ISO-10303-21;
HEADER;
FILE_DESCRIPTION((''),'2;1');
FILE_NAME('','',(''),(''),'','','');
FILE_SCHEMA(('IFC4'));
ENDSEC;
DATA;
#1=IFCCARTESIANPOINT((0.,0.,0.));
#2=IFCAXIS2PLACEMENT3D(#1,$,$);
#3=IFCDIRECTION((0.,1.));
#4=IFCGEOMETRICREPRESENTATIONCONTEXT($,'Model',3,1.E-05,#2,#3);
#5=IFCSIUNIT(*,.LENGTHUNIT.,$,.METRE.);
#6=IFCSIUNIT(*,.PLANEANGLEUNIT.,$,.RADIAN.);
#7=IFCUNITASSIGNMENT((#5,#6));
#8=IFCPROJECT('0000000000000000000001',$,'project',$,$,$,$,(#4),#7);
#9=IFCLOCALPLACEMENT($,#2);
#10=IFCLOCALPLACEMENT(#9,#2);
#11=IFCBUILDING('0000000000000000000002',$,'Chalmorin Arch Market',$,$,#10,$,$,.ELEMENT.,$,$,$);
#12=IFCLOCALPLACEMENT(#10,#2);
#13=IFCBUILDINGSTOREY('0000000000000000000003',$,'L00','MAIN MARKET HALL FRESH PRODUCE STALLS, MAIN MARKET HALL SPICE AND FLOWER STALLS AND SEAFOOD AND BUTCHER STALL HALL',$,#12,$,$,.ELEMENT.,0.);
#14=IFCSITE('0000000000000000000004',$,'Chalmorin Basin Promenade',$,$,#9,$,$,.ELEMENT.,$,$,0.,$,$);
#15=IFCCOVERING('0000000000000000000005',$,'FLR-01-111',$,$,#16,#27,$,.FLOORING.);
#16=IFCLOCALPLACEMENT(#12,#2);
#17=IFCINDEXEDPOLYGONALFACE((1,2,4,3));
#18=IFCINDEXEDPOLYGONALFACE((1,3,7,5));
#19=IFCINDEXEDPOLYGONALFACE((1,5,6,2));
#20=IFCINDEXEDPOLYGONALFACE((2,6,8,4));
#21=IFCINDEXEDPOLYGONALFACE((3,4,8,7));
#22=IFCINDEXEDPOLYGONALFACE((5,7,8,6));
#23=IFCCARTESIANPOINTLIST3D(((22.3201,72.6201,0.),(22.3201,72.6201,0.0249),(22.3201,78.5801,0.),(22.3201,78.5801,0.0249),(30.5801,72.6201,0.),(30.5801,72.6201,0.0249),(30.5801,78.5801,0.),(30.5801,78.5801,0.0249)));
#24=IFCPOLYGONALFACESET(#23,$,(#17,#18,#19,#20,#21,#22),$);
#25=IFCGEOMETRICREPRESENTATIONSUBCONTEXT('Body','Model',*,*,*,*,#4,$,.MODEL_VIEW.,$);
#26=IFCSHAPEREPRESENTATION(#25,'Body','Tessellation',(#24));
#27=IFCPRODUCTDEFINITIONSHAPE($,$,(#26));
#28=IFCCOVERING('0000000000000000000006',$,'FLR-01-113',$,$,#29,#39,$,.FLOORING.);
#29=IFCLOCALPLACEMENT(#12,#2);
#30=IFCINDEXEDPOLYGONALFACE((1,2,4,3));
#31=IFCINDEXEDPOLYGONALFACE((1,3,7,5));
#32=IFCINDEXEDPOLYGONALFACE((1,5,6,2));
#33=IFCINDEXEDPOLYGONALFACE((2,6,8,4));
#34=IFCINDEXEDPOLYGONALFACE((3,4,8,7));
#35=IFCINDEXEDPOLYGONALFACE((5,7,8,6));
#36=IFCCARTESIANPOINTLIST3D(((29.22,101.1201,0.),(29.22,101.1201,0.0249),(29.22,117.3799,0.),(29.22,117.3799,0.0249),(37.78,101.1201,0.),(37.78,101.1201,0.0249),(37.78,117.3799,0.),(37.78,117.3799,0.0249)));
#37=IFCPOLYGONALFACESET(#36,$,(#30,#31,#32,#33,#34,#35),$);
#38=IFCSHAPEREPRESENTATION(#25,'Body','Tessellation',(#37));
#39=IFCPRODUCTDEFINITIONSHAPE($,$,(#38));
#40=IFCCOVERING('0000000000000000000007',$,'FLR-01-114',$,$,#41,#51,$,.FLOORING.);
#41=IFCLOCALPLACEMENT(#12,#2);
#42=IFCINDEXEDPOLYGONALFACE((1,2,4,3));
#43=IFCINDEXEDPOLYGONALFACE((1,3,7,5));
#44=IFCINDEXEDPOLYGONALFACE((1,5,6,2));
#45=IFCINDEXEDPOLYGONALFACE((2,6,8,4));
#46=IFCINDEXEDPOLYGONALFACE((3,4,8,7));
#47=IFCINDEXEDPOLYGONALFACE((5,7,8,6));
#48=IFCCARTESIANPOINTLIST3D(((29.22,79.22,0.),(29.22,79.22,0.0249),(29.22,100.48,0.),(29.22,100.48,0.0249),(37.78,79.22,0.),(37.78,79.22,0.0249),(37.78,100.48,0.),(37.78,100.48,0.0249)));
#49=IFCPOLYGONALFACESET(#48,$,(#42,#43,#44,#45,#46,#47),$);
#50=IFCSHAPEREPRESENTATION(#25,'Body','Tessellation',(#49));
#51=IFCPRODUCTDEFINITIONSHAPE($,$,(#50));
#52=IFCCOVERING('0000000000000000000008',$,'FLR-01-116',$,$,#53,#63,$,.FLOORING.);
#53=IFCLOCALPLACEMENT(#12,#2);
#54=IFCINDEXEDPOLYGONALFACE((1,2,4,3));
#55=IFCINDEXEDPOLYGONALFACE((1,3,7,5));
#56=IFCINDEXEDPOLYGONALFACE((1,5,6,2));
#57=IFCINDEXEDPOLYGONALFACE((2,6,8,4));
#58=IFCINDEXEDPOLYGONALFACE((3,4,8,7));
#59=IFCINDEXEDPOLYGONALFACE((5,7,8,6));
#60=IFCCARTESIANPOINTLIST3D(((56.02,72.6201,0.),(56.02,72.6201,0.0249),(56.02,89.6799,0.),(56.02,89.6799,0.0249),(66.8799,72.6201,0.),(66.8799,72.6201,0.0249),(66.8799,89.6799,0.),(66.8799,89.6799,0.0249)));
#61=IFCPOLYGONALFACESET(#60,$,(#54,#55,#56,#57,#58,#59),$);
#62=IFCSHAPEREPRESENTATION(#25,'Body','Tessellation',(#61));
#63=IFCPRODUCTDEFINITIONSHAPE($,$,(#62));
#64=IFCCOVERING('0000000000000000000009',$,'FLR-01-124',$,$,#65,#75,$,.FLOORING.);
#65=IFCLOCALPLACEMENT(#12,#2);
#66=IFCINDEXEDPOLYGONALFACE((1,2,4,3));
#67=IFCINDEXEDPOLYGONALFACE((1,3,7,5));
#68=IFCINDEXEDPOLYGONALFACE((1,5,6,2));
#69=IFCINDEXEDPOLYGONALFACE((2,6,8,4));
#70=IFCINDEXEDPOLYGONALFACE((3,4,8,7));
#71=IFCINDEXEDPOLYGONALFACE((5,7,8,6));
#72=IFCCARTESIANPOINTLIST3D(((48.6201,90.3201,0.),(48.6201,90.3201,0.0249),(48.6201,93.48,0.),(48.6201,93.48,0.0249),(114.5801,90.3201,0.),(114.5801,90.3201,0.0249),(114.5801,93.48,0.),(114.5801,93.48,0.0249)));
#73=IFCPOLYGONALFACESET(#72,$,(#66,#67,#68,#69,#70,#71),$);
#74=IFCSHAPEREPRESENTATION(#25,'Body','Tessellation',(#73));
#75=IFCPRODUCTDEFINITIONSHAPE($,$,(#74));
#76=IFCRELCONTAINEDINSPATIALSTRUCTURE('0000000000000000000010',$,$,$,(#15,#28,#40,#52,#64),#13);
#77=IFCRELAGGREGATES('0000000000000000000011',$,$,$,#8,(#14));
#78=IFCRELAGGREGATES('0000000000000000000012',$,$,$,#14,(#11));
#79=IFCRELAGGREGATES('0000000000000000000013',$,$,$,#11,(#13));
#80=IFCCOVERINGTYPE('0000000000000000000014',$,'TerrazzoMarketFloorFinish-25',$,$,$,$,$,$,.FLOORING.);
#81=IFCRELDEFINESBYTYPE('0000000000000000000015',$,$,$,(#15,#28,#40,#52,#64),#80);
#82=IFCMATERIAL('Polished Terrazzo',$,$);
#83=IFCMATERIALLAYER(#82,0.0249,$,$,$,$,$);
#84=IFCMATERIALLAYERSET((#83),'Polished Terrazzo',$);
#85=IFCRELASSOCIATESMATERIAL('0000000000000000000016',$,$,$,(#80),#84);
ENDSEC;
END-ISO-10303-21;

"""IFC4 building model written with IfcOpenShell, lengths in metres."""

from ifc_helpers import new_model, si_unit, direction, origin, place, context, subcontext, project, spatial, polyline, outline, extrude, material, layer, layer_set, type_object, element, save


model = new_model("IFC4")

# Units and contexts
model_context = context("Model", 3, precision=1e-05, world=origin(), true_north=direction((0.0, 1.0)))
body_context = subcontext(model_context, "Body", "Model", "MODEL_VIEW")
ifc_project = project(units=[si_unit("LENGTHUNIT", "METRE"), si_unit("PLANEANGLEUNIT", "RADIAN")], contexts=[model_context])

# Site, building, storey
site_placement = place(None, origin())
site = spatial("IfcSite", under=ifc_project, at=site_placement, Name="Chalmorin Basin Promenade", CompositionType="ELEMENT", RefElevation=0.0)
building_placement = place(site_placement, origin())
building = spatial("IfcBuilding", under=site, at=building_placement, Name="Chalmorin Arch Market", CompositionType="ELEMENT")
storey_placement = place(building_placement, origin())
storey = spatial("IfcBuildingStorey", under=building, at=storey_placement, Name="L00", Description="MAIN MARKET HALL FRESH PRODUCE STALLS, MAIN MARKET HALL SPICE AND FLOWER STALLS AND SEAFOOD AND BUTCHER STALL HALL", CompositionType="ELEMENT", Elevation=0.0)

# Coverings
ifc_material_1 = material(Name="Polished Terrazzo")
ifc_layer_1 = layer(ifc_material_1, 0.0249)
ifc_layer_set_1 = layer_set([ifc_layer_1], Name="Polished Terrazzo")
covering_type_1 = type_object("IfcCoveringType", Name="TerrazzoMarketFloorFinish-25", PredefinedType="FLOORING", material=ifc_layer_set_1)
covering_1_placement = place(storey_placement, origin())
element("IfcCovering", 1, at=covering_1_placement, inside=storey, type_object=covering_type_1, Name="FLR-01-111", PredefinedType="FLOORING", context=body_context, shape_type="SweptSolid", body=[
    extrude(outline(polyline([(22.3201, 72.6201), (30.5801, 72.6201), (30.5801, 78.5801), (22.3201, 78.5801), (22.3201, 72.6201)])), origin(), (0.0, 0.0, 1.0), 0.0249),
])
covering_2_placement = place(storey_placement, origin())
element("IfcCovering", 2, at=covering_2_placement, inside=storey, type_object=covering_type_1, Name="FLR-01-113", PredefinedType="FLOORING", context=body_context, shape_type="SweptSolid", body=[
    extrude(outline(polyline([(29.22, 101.1201), (37.78, 101.1201), (37.78, 117.3799), (29.22, 117.3799), (29.22, 101.1201)])), origin(), (0.0, 0.0, 1.0), 0.0249),
])
covering_3_placement = place(storey_placement, origin())
element("IfcCovering", 3, at=covering_3_placement, inside=storey, type_object=covering_type_1, Name="FLR-01-114", PredefinedType="FLOORING", context=body_context, shape_type="SweptSolid", body=[
    extrude(outline(polyline([(29.22, 79.22), (37.78, 79.22), (37.78, 100.48), (29.22, 100.48), (29.22, 79.22)])), origin(), (0.0, 0.0, 1.0), 0.0249),
])
covering_4_placement = place(storey_placement, origin())
element("IfcCovering", 4, at=covering_4_placement, inside=storey, type_object=covering_type_1, Name="FLR-01-116", PredefinedType="FLOORING", context=body_context, shape_type="SweptSolid", body=[
    extrude(outline(polyline([(56.02, 72.6201), (66.8799, 72.6201), (66.8799, 89.6799), (56.02, 89.6799), (56.02, 72.6201)])), origin(), (0.0, 0.0, 1.0), 0.0249),
])
covering_5_placement = place(storey_placement, origin())
element("IfcCovering", 5, at=covering_5_placement, inside=storey, type_object=covering_type_1, Name="FLR-01-124", PredefinedType="FLOORING", context=body_context, shape_type="SweptSolid", body=[
    extrude(outline(polyline([(48.6201, 90.3201), (114.5801, 90.3201), (114.5801, 93.48), (48.6201, 93.48), (48.6201, 90.3201)])), origin(), (0.0, 0.0, 1.0), 0.0249),
])

save(model, "model.ifc")
